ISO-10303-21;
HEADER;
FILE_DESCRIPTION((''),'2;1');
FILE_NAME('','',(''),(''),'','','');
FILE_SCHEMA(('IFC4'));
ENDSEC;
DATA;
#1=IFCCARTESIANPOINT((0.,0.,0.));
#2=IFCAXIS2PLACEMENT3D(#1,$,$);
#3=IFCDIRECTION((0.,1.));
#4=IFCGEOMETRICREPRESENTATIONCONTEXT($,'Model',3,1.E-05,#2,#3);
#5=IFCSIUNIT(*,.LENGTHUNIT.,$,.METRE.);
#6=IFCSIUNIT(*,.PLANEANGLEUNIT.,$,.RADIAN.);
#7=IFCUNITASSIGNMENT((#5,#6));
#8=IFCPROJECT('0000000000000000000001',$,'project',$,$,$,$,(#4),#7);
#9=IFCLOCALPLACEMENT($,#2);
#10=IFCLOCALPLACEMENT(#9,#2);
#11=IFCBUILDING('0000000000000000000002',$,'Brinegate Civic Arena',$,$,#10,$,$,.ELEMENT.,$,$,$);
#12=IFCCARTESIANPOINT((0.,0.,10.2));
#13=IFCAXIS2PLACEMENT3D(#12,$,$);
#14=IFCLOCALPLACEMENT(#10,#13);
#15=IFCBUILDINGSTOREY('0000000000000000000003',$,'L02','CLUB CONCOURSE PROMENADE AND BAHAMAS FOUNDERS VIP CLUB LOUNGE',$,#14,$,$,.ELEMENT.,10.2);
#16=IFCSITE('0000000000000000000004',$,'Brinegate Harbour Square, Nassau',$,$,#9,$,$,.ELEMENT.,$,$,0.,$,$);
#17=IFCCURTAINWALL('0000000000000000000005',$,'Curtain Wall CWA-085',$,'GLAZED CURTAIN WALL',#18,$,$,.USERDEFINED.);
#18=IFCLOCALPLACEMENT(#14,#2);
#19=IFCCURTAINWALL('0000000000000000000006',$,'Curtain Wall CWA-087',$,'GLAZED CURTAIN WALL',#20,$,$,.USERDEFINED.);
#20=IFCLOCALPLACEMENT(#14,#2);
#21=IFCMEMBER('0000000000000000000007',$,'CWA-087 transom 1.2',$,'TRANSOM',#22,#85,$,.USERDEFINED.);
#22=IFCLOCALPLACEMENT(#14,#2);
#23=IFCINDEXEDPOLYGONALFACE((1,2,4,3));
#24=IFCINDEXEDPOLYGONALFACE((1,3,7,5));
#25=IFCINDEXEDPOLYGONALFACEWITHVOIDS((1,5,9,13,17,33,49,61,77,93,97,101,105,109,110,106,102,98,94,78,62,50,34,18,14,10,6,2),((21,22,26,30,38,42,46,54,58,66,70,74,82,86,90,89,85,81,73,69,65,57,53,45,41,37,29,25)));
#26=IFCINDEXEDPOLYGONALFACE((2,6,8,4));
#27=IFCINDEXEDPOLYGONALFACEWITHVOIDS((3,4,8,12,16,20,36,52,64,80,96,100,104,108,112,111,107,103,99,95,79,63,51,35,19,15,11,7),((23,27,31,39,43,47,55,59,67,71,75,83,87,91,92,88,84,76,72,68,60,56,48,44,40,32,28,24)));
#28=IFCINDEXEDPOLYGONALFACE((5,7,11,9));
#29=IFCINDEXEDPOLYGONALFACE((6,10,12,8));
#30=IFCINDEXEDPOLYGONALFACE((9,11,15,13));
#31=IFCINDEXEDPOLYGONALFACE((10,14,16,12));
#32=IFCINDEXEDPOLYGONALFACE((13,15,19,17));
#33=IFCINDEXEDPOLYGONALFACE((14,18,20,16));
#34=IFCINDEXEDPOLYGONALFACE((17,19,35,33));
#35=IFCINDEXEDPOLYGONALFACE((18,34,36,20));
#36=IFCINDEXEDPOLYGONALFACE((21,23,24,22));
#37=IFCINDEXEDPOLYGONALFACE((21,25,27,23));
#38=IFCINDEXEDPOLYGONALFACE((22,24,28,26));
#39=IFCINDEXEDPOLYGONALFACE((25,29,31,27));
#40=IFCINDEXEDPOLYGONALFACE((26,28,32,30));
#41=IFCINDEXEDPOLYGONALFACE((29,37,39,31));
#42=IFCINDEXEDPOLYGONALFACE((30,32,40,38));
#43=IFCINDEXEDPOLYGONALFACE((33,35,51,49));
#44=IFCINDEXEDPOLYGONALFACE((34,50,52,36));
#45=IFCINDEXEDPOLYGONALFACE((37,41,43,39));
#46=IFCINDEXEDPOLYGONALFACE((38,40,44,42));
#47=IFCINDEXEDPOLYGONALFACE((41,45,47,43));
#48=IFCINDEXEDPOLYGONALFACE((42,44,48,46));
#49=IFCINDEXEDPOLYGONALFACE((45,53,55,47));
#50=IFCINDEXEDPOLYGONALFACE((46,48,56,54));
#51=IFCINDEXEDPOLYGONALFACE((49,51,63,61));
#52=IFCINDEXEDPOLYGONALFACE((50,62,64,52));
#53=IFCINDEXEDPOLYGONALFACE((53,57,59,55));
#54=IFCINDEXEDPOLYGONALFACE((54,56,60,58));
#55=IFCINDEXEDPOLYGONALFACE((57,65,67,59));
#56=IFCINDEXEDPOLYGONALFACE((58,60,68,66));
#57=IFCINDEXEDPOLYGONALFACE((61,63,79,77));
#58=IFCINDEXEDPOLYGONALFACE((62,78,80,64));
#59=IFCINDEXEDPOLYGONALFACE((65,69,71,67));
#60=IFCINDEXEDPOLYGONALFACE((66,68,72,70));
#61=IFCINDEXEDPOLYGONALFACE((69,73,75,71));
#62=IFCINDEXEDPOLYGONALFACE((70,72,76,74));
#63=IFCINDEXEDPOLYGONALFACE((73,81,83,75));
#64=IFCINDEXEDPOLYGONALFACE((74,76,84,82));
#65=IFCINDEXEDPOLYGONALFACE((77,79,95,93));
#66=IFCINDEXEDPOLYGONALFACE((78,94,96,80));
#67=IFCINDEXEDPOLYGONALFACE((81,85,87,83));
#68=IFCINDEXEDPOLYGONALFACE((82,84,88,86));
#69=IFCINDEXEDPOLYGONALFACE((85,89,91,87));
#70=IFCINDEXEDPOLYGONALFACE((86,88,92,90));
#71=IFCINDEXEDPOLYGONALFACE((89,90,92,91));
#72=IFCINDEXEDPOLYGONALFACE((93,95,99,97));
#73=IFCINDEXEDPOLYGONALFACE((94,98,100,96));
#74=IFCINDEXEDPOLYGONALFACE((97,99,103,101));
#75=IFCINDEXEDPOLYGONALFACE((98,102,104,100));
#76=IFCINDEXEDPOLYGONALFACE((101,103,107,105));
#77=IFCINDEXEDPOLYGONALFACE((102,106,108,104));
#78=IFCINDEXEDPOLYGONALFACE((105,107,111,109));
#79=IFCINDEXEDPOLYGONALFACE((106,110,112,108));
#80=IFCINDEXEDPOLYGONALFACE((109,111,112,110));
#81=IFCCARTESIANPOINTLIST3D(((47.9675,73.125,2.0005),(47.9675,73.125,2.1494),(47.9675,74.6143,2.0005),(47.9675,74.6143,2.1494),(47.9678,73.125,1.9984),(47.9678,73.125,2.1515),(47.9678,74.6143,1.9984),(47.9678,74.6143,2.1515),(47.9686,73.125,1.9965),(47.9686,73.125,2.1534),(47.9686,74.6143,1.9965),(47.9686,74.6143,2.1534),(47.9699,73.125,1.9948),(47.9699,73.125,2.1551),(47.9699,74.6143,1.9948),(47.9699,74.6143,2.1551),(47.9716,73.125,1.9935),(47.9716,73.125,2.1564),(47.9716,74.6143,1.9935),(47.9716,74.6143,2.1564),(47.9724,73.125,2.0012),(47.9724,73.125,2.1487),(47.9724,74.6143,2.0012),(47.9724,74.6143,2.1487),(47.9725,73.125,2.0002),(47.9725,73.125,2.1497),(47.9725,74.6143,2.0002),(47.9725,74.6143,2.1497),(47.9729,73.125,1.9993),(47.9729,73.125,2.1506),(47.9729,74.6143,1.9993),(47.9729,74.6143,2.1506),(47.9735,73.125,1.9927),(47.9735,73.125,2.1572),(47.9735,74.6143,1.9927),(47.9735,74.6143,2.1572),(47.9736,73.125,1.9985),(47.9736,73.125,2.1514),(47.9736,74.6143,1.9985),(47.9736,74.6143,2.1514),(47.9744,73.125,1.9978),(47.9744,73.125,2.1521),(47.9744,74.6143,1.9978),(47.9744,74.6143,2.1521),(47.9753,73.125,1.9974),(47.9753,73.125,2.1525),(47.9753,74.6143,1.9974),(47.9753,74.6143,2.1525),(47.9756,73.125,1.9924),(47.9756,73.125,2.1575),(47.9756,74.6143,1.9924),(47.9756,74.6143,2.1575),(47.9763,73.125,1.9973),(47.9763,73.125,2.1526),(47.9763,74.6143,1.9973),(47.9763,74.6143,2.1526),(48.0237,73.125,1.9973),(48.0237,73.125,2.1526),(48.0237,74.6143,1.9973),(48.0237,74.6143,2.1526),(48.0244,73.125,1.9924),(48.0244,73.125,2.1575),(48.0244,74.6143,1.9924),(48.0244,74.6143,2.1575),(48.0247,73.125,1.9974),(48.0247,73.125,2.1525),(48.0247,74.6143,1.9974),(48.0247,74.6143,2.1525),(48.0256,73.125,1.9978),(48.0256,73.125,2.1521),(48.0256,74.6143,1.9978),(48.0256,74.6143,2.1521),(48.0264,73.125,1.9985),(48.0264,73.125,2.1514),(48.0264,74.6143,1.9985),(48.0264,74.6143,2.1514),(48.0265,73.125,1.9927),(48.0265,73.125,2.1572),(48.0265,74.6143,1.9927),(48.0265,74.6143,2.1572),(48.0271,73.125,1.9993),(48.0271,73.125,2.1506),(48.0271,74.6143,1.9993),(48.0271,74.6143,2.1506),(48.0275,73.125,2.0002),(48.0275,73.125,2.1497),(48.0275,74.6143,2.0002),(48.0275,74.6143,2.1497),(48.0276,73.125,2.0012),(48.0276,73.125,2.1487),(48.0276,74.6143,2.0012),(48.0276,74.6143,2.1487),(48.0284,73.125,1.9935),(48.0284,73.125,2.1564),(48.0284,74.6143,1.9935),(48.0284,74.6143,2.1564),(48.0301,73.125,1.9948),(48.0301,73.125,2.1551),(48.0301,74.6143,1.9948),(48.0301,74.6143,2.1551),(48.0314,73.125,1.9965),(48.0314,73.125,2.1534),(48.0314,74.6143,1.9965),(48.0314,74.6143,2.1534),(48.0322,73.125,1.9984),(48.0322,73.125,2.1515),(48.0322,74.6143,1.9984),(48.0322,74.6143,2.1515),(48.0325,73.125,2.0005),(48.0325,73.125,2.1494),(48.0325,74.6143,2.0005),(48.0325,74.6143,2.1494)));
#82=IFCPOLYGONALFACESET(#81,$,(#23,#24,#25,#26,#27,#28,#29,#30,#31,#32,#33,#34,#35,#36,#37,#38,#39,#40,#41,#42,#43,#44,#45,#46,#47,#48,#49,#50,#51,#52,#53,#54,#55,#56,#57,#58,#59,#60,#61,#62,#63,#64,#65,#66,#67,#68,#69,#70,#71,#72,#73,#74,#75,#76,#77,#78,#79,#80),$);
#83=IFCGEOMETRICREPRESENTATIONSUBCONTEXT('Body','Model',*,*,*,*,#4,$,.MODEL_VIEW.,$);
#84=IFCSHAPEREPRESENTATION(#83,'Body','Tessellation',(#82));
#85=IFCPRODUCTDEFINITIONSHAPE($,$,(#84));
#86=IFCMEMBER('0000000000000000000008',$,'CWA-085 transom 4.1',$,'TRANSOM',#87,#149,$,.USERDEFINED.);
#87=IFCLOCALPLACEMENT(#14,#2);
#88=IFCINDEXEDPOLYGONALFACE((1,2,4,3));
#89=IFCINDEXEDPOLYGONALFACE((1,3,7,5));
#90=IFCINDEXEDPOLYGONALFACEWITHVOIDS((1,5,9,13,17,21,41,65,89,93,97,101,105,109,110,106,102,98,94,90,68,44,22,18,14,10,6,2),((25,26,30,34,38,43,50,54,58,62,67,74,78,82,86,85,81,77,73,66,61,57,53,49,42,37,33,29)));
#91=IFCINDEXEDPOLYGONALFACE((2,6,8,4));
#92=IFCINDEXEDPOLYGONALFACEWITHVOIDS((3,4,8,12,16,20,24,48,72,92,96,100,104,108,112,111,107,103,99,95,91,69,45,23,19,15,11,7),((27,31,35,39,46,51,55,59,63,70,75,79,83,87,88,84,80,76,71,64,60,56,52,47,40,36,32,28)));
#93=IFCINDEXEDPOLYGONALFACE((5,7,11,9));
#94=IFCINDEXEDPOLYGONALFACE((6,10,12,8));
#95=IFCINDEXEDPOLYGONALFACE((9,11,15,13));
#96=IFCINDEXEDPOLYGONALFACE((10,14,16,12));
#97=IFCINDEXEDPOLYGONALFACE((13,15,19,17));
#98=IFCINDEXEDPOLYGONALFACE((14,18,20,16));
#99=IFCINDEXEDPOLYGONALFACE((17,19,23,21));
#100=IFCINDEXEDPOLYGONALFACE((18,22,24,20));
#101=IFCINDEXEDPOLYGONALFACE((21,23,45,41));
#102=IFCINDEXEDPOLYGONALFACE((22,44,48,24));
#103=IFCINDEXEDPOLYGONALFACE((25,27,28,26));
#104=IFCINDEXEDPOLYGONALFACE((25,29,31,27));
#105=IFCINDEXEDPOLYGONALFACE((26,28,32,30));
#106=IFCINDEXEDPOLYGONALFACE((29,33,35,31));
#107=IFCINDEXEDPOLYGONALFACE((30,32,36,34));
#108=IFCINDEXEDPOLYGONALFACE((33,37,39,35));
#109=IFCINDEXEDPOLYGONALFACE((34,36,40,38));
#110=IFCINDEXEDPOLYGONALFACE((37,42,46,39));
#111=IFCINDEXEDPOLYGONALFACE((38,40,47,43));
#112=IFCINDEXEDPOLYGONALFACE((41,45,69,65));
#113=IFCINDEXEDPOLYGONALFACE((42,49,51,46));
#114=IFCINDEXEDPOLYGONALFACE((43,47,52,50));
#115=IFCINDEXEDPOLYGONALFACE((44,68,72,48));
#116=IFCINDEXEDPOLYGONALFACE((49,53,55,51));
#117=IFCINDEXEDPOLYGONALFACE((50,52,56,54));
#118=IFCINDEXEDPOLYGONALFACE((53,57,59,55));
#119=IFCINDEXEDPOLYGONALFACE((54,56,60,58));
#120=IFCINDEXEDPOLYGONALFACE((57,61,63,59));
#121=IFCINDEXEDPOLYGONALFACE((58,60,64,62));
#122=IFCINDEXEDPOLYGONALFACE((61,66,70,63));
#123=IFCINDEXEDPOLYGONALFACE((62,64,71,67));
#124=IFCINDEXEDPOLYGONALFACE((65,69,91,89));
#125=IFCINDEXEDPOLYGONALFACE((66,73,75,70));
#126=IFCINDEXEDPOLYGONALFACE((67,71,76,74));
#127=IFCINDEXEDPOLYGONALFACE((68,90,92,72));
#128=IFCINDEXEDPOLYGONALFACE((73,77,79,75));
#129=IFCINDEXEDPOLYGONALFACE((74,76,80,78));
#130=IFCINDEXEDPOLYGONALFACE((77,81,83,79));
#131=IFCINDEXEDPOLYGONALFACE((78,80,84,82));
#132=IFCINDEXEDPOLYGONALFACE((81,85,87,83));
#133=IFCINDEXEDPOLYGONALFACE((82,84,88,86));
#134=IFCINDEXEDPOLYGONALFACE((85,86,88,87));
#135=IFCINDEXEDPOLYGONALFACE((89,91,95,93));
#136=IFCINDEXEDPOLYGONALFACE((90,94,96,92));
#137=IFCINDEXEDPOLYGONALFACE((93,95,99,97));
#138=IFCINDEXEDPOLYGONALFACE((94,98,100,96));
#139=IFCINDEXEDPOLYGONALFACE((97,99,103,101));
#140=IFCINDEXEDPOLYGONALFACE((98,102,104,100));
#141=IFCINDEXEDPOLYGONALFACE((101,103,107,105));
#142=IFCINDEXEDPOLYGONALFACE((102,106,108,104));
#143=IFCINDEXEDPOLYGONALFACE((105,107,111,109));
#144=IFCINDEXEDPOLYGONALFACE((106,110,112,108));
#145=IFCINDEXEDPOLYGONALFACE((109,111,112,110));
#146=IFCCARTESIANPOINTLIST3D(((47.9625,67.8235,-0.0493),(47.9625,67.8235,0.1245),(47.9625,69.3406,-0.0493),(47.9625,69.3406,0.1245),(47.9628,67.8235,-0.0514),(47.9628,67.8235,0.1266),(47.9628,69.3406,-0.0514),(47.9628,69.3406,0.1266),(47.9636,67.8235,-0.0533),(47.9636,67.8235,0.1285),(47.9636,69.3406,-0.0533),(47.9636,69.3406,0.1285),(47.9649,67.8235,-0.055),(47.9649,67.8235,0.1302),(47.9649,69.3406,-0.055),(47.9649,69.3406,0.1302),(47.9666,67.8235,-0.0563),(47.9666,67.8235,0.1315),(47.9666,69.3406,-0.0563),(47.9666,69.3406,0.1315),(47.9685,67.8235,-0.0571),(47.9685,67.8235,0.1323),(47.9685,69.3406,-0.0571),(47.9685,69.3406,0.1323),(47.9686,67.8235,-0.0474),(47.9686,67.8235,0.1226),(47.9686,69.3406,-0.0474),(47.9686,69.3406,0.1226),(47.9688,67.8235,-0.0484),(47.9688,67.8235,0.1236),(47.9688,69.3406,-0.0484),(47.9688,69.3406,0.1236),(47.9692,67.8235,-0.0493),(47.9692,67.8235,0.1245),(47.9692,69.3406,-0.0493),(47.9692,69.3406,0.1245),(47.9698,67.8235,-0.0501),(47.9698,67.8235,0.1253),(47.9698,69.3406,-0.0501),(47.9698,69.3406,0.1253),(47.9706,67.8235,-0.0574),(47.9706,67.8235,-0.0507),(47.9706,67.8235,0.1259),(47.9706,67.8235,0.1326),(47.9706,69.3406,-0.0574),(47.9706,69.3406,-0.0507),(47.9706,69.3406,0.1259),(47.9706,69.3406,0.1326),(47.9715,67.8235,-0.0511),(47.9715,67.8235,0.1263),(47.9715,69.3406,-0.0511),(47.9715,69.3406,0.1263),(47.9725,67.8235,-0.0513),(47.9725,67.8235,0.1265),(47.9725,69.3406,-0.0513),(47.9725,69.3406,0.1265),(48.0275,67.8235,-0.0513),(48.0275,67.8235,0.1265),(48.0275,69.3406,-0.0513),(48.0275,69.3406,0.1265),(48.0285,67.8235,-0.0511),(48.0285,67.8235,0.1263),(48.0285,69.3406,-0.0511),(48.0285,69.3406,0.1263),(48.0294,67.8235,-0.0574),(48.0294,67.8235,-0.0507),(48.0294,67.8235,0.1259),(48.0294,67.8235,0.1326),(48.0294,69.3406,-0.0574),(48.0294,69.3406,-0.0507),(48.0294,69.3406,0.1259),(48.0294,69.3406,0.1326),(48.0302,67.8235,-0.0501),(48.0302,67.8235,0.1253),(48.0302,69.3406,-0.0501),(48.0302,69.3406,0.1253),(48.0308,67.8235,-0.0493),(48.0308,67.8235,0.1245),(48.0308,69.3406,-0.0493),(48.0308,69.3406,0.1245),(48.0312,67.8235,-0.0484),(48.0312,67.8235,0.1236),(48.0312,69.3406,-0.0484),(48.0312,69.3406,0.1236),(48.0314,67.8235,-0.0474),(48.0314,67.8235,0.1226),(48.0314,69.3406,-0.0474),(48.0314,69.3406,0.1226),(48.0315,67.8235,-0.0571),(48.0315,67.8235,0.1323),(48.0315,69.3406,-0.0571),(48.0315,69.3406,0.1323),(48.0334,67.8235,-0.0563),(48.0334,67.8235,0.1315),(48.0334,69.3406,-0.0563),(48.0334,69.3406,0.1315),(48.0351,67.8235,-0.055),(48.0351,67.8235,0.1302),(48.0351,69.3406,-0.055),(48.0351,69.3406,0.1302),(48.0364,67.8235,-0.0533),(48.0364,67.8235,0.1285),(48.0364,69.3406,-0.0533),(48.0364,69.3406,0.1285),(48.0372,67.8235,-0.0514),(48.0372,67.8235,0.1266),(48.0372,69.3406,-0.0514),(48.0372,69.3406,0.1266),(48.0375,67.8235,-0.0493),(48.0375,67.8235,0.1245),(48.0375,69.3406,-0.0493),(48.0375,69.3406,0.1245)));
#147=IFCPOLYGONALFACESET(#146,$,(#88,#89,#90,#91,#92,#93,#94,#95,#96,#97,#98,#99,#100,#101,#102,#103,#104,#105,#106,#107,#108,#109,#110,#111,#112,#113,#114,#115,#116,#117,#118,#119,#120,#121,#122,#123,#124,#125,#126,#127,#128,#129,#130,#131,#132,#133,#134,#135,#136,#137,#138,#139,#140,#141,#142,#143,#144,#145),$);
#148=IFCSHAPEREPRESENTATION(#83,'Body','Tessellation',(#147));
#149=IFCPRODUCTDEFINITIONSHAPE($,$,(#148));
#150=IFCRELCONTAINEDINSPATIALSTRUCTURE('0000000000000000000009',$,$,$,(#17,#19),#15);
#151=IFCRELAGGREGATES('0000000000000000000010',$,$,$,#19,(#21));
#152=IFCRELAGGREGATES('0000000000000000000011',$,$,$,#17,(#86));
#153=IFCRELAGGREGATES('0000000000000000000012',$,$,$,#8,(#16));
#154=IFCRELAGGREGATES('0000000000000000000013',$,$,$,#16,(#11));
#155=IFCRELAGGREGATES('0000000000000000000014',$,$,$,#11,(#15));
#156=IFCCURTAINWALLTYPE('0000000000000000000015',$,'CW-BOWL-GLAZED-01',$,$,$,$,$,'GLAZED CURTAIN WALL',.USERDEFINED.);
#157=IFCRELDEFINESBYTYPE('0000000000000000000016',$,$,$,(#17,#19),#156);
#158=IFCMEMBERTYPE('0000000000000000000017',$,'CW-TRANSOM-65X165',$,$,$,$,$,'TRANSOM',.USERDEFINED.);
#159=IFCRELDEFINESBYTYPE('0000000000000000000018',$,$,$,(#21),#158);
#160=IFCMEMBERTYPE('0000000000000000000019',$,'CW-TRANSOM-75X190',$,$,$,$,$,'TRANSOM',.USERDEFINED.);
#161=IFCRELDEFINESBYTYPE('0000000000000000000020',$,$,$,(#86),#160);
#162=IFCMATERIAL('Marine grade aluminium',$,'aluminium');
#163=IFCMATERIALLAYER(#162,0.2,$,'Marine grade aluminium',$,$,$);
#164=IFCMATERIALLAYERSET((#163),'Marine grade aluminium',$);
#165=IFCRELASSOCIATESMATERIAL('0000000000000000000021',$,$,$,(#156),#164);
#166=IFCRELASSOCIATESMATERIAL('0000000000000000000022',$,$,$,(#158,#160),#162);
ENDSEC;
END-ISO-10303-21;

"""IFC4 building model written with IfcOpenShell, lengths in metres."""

from ifc_helpers import new_model, si_unit, direction, frame, origin, origin_2d, place, context, subcontext, project, spatial, hollow_rectangle, extrude, material, layer, layer_set, material_profile, profile_set, type_object, element, aggregate, save


model = new_model("IFC4")

# Units and contexts
model_context = context("Model", 3, precision=1e-05, world=origin(), true_north=direction((0.0, 1.0)))
body_context = subcontext(model_context, "Body", "Model", "MODEL_VIEW")
ifc_project = project(units=[si_unit("LENGTHUNIT", "METRE"), si_unit("PLANEANGLEUNIT", "RADIAN")], contexts=[model_context])

# Site, building, storey
site_placement = place(None, origin())
site = spatial("IfcSite", under=ifc_project, at=site_placement, Name="Brinegate Harbour Square, Nassau", CompositionType="ELEMENT", RefElevation=0.0)
building_placement = place(site_placement, origin())
building = spatial("IfcBuilding", under=site, at=building_placement, Name="Brinegate Civic Arena", CompositionType="ELEMENT")
storey_placement = place(building_placement, frame((0.0, 0.0, 10.2)))
storey = spatial("IfcBuildingStorey", under=building, at=storey_placement, Name="L02", Description="CLUB CONCOURSE PROMENADE AND BAHAMAS FOUNDERS VIP CLUB LOUNGE", CompositionType="ELEMENT", Elevation=10.2)

# Curtain walls, member
ifc_material_1 = material(Name="Marine grade aluminium", Category="aluminium")
ifc_layer_1 = layer(ifc_material_1, 0.2, Name="Marine grade aluminium")
ifc_layer_set_1 = layer_set([ifc_layer_1], Name="Marine grade aluminium")
curtain_wall_type = type_object("IfcCurtainWallType", Name="CW-BOWL-GLAZED-01", ElementType="GLAZED CURTAIN WALL", PredefinedType="USERDEFINED", material=ifc_layer_set_1)
curtain_wall_1_placement = place(storey_placement, origin())
curtain_wall_1 = element("IfcCurtainWall", 1, at=curtain_wall_1_placement, inside=storey, type_object=curtain_wall_type, Name="Curtain Wall CWA-085", ObjectType="GLAZED CURTAIN WALL", PredefinedType="USERDEFINED")
curtain_wall_2_placement = place(storey_placement, origin())
curtain_wall_2 = element("IfcCurtainWall", 2, at=curtain_wall_2_placement, inside=storey, type_object=curtain_wall_type, Name="Curtain Wall CWA-087", ObjectType="GLAZED CURTAIN WALL", PredefinedType="USERDEFINED")
ifc_material_profile_1 = material_profile(ifc_material_1, hollow_rectangle(XDim=0.0649, YDim=0.165, WallThickness=0.0049, InnerFilletRadius=0.0039, OuterFilletRadius=0.0081, at=origin_2d()), Name="TRN65X165")
ifc_profile_set_1 = profile_set([ifc_material_profile_1], Name="Marine grade aluminium")
member_type_1 = type_object("IfcMemberType", Name="CW-TRANSOM-65X165", ElementType="TRANSOM", PredefinedType="USERDEFINED", material=ifc_profile_set_1)
member_1_placement = place(storey_placement, frame((48.0, 73.125, 2.075), z_axis=(0.0, 1.0, 0.0), x_axis=(-1.0, 0.0, 0.0)))
member_1 = element("IfcMember", 3, at=member_1_placement, type_object=member_type_1, Name="CWA-087 transom 1.2", ObjectType="TRANSOM", PredefinedType="USERDEFINED", context=body_context, shape_type="SweptSolid", body=[
    extrude(hollow_rectangle(XDim=0.0649, YDim=0.165, WallThickness=0.0049, InnerFilletRadius=0.0039, OuterFilletRadius=0.0081, at=origin_2d()), origin(), (0.0, 0.0, 1.0), 1.4893),
])
aggregate(curtain_wall_2, [member_1])

# Member
ifc_material_profile_2 = material_profile(ifc_material_1, hollow_rectangle(XDim=0.075, YDim=0.1899, WallThickness=0.0061, InnerFilletRadius=0.0039, OuterFilletRadius=0.0081, at=origin_2d()), Name="TRN75X190")
ifc_profile_set_2 = profile_set([ifc_material_profile_2], Name="Marine grade aluminium")
member_type_2 = type_object("IfcMemberType", Name="CW-TRANSOM-75X190", ElementType="TRANSOM", PredefinedType="USERDEFINED", material=ifc_profile_set_2)
member_2_placement = place(storey_placement, frame((48.0, 67.8235, 0.0376), z_axis=(0.0, 1.0, 0.0), x_axis=(-1.0, 0.0, 0.0)))
member_2 = element("IfcMember", 4, at=member_2_placement, type_object=member_type_2, Name="CWA-085 transom 4.1", ObjectType="TRANSOM", PredefinedType="USERDEFINED", context=body_context, shape_type="SweptSolid", body=[
    extrude(hollow_rectangle(XDim=0.075, YDim=0.1899, WallThickness=0.0061, InnerFilletRadius=0.0039, OuterFilletRadius=0.0081, at=origin_2d()), origin(), (0.0, 0.0, 1.0), 1.5171),
])

aggregate(curtain_wall_1, [member_2])

save(model, "model.ifc")
